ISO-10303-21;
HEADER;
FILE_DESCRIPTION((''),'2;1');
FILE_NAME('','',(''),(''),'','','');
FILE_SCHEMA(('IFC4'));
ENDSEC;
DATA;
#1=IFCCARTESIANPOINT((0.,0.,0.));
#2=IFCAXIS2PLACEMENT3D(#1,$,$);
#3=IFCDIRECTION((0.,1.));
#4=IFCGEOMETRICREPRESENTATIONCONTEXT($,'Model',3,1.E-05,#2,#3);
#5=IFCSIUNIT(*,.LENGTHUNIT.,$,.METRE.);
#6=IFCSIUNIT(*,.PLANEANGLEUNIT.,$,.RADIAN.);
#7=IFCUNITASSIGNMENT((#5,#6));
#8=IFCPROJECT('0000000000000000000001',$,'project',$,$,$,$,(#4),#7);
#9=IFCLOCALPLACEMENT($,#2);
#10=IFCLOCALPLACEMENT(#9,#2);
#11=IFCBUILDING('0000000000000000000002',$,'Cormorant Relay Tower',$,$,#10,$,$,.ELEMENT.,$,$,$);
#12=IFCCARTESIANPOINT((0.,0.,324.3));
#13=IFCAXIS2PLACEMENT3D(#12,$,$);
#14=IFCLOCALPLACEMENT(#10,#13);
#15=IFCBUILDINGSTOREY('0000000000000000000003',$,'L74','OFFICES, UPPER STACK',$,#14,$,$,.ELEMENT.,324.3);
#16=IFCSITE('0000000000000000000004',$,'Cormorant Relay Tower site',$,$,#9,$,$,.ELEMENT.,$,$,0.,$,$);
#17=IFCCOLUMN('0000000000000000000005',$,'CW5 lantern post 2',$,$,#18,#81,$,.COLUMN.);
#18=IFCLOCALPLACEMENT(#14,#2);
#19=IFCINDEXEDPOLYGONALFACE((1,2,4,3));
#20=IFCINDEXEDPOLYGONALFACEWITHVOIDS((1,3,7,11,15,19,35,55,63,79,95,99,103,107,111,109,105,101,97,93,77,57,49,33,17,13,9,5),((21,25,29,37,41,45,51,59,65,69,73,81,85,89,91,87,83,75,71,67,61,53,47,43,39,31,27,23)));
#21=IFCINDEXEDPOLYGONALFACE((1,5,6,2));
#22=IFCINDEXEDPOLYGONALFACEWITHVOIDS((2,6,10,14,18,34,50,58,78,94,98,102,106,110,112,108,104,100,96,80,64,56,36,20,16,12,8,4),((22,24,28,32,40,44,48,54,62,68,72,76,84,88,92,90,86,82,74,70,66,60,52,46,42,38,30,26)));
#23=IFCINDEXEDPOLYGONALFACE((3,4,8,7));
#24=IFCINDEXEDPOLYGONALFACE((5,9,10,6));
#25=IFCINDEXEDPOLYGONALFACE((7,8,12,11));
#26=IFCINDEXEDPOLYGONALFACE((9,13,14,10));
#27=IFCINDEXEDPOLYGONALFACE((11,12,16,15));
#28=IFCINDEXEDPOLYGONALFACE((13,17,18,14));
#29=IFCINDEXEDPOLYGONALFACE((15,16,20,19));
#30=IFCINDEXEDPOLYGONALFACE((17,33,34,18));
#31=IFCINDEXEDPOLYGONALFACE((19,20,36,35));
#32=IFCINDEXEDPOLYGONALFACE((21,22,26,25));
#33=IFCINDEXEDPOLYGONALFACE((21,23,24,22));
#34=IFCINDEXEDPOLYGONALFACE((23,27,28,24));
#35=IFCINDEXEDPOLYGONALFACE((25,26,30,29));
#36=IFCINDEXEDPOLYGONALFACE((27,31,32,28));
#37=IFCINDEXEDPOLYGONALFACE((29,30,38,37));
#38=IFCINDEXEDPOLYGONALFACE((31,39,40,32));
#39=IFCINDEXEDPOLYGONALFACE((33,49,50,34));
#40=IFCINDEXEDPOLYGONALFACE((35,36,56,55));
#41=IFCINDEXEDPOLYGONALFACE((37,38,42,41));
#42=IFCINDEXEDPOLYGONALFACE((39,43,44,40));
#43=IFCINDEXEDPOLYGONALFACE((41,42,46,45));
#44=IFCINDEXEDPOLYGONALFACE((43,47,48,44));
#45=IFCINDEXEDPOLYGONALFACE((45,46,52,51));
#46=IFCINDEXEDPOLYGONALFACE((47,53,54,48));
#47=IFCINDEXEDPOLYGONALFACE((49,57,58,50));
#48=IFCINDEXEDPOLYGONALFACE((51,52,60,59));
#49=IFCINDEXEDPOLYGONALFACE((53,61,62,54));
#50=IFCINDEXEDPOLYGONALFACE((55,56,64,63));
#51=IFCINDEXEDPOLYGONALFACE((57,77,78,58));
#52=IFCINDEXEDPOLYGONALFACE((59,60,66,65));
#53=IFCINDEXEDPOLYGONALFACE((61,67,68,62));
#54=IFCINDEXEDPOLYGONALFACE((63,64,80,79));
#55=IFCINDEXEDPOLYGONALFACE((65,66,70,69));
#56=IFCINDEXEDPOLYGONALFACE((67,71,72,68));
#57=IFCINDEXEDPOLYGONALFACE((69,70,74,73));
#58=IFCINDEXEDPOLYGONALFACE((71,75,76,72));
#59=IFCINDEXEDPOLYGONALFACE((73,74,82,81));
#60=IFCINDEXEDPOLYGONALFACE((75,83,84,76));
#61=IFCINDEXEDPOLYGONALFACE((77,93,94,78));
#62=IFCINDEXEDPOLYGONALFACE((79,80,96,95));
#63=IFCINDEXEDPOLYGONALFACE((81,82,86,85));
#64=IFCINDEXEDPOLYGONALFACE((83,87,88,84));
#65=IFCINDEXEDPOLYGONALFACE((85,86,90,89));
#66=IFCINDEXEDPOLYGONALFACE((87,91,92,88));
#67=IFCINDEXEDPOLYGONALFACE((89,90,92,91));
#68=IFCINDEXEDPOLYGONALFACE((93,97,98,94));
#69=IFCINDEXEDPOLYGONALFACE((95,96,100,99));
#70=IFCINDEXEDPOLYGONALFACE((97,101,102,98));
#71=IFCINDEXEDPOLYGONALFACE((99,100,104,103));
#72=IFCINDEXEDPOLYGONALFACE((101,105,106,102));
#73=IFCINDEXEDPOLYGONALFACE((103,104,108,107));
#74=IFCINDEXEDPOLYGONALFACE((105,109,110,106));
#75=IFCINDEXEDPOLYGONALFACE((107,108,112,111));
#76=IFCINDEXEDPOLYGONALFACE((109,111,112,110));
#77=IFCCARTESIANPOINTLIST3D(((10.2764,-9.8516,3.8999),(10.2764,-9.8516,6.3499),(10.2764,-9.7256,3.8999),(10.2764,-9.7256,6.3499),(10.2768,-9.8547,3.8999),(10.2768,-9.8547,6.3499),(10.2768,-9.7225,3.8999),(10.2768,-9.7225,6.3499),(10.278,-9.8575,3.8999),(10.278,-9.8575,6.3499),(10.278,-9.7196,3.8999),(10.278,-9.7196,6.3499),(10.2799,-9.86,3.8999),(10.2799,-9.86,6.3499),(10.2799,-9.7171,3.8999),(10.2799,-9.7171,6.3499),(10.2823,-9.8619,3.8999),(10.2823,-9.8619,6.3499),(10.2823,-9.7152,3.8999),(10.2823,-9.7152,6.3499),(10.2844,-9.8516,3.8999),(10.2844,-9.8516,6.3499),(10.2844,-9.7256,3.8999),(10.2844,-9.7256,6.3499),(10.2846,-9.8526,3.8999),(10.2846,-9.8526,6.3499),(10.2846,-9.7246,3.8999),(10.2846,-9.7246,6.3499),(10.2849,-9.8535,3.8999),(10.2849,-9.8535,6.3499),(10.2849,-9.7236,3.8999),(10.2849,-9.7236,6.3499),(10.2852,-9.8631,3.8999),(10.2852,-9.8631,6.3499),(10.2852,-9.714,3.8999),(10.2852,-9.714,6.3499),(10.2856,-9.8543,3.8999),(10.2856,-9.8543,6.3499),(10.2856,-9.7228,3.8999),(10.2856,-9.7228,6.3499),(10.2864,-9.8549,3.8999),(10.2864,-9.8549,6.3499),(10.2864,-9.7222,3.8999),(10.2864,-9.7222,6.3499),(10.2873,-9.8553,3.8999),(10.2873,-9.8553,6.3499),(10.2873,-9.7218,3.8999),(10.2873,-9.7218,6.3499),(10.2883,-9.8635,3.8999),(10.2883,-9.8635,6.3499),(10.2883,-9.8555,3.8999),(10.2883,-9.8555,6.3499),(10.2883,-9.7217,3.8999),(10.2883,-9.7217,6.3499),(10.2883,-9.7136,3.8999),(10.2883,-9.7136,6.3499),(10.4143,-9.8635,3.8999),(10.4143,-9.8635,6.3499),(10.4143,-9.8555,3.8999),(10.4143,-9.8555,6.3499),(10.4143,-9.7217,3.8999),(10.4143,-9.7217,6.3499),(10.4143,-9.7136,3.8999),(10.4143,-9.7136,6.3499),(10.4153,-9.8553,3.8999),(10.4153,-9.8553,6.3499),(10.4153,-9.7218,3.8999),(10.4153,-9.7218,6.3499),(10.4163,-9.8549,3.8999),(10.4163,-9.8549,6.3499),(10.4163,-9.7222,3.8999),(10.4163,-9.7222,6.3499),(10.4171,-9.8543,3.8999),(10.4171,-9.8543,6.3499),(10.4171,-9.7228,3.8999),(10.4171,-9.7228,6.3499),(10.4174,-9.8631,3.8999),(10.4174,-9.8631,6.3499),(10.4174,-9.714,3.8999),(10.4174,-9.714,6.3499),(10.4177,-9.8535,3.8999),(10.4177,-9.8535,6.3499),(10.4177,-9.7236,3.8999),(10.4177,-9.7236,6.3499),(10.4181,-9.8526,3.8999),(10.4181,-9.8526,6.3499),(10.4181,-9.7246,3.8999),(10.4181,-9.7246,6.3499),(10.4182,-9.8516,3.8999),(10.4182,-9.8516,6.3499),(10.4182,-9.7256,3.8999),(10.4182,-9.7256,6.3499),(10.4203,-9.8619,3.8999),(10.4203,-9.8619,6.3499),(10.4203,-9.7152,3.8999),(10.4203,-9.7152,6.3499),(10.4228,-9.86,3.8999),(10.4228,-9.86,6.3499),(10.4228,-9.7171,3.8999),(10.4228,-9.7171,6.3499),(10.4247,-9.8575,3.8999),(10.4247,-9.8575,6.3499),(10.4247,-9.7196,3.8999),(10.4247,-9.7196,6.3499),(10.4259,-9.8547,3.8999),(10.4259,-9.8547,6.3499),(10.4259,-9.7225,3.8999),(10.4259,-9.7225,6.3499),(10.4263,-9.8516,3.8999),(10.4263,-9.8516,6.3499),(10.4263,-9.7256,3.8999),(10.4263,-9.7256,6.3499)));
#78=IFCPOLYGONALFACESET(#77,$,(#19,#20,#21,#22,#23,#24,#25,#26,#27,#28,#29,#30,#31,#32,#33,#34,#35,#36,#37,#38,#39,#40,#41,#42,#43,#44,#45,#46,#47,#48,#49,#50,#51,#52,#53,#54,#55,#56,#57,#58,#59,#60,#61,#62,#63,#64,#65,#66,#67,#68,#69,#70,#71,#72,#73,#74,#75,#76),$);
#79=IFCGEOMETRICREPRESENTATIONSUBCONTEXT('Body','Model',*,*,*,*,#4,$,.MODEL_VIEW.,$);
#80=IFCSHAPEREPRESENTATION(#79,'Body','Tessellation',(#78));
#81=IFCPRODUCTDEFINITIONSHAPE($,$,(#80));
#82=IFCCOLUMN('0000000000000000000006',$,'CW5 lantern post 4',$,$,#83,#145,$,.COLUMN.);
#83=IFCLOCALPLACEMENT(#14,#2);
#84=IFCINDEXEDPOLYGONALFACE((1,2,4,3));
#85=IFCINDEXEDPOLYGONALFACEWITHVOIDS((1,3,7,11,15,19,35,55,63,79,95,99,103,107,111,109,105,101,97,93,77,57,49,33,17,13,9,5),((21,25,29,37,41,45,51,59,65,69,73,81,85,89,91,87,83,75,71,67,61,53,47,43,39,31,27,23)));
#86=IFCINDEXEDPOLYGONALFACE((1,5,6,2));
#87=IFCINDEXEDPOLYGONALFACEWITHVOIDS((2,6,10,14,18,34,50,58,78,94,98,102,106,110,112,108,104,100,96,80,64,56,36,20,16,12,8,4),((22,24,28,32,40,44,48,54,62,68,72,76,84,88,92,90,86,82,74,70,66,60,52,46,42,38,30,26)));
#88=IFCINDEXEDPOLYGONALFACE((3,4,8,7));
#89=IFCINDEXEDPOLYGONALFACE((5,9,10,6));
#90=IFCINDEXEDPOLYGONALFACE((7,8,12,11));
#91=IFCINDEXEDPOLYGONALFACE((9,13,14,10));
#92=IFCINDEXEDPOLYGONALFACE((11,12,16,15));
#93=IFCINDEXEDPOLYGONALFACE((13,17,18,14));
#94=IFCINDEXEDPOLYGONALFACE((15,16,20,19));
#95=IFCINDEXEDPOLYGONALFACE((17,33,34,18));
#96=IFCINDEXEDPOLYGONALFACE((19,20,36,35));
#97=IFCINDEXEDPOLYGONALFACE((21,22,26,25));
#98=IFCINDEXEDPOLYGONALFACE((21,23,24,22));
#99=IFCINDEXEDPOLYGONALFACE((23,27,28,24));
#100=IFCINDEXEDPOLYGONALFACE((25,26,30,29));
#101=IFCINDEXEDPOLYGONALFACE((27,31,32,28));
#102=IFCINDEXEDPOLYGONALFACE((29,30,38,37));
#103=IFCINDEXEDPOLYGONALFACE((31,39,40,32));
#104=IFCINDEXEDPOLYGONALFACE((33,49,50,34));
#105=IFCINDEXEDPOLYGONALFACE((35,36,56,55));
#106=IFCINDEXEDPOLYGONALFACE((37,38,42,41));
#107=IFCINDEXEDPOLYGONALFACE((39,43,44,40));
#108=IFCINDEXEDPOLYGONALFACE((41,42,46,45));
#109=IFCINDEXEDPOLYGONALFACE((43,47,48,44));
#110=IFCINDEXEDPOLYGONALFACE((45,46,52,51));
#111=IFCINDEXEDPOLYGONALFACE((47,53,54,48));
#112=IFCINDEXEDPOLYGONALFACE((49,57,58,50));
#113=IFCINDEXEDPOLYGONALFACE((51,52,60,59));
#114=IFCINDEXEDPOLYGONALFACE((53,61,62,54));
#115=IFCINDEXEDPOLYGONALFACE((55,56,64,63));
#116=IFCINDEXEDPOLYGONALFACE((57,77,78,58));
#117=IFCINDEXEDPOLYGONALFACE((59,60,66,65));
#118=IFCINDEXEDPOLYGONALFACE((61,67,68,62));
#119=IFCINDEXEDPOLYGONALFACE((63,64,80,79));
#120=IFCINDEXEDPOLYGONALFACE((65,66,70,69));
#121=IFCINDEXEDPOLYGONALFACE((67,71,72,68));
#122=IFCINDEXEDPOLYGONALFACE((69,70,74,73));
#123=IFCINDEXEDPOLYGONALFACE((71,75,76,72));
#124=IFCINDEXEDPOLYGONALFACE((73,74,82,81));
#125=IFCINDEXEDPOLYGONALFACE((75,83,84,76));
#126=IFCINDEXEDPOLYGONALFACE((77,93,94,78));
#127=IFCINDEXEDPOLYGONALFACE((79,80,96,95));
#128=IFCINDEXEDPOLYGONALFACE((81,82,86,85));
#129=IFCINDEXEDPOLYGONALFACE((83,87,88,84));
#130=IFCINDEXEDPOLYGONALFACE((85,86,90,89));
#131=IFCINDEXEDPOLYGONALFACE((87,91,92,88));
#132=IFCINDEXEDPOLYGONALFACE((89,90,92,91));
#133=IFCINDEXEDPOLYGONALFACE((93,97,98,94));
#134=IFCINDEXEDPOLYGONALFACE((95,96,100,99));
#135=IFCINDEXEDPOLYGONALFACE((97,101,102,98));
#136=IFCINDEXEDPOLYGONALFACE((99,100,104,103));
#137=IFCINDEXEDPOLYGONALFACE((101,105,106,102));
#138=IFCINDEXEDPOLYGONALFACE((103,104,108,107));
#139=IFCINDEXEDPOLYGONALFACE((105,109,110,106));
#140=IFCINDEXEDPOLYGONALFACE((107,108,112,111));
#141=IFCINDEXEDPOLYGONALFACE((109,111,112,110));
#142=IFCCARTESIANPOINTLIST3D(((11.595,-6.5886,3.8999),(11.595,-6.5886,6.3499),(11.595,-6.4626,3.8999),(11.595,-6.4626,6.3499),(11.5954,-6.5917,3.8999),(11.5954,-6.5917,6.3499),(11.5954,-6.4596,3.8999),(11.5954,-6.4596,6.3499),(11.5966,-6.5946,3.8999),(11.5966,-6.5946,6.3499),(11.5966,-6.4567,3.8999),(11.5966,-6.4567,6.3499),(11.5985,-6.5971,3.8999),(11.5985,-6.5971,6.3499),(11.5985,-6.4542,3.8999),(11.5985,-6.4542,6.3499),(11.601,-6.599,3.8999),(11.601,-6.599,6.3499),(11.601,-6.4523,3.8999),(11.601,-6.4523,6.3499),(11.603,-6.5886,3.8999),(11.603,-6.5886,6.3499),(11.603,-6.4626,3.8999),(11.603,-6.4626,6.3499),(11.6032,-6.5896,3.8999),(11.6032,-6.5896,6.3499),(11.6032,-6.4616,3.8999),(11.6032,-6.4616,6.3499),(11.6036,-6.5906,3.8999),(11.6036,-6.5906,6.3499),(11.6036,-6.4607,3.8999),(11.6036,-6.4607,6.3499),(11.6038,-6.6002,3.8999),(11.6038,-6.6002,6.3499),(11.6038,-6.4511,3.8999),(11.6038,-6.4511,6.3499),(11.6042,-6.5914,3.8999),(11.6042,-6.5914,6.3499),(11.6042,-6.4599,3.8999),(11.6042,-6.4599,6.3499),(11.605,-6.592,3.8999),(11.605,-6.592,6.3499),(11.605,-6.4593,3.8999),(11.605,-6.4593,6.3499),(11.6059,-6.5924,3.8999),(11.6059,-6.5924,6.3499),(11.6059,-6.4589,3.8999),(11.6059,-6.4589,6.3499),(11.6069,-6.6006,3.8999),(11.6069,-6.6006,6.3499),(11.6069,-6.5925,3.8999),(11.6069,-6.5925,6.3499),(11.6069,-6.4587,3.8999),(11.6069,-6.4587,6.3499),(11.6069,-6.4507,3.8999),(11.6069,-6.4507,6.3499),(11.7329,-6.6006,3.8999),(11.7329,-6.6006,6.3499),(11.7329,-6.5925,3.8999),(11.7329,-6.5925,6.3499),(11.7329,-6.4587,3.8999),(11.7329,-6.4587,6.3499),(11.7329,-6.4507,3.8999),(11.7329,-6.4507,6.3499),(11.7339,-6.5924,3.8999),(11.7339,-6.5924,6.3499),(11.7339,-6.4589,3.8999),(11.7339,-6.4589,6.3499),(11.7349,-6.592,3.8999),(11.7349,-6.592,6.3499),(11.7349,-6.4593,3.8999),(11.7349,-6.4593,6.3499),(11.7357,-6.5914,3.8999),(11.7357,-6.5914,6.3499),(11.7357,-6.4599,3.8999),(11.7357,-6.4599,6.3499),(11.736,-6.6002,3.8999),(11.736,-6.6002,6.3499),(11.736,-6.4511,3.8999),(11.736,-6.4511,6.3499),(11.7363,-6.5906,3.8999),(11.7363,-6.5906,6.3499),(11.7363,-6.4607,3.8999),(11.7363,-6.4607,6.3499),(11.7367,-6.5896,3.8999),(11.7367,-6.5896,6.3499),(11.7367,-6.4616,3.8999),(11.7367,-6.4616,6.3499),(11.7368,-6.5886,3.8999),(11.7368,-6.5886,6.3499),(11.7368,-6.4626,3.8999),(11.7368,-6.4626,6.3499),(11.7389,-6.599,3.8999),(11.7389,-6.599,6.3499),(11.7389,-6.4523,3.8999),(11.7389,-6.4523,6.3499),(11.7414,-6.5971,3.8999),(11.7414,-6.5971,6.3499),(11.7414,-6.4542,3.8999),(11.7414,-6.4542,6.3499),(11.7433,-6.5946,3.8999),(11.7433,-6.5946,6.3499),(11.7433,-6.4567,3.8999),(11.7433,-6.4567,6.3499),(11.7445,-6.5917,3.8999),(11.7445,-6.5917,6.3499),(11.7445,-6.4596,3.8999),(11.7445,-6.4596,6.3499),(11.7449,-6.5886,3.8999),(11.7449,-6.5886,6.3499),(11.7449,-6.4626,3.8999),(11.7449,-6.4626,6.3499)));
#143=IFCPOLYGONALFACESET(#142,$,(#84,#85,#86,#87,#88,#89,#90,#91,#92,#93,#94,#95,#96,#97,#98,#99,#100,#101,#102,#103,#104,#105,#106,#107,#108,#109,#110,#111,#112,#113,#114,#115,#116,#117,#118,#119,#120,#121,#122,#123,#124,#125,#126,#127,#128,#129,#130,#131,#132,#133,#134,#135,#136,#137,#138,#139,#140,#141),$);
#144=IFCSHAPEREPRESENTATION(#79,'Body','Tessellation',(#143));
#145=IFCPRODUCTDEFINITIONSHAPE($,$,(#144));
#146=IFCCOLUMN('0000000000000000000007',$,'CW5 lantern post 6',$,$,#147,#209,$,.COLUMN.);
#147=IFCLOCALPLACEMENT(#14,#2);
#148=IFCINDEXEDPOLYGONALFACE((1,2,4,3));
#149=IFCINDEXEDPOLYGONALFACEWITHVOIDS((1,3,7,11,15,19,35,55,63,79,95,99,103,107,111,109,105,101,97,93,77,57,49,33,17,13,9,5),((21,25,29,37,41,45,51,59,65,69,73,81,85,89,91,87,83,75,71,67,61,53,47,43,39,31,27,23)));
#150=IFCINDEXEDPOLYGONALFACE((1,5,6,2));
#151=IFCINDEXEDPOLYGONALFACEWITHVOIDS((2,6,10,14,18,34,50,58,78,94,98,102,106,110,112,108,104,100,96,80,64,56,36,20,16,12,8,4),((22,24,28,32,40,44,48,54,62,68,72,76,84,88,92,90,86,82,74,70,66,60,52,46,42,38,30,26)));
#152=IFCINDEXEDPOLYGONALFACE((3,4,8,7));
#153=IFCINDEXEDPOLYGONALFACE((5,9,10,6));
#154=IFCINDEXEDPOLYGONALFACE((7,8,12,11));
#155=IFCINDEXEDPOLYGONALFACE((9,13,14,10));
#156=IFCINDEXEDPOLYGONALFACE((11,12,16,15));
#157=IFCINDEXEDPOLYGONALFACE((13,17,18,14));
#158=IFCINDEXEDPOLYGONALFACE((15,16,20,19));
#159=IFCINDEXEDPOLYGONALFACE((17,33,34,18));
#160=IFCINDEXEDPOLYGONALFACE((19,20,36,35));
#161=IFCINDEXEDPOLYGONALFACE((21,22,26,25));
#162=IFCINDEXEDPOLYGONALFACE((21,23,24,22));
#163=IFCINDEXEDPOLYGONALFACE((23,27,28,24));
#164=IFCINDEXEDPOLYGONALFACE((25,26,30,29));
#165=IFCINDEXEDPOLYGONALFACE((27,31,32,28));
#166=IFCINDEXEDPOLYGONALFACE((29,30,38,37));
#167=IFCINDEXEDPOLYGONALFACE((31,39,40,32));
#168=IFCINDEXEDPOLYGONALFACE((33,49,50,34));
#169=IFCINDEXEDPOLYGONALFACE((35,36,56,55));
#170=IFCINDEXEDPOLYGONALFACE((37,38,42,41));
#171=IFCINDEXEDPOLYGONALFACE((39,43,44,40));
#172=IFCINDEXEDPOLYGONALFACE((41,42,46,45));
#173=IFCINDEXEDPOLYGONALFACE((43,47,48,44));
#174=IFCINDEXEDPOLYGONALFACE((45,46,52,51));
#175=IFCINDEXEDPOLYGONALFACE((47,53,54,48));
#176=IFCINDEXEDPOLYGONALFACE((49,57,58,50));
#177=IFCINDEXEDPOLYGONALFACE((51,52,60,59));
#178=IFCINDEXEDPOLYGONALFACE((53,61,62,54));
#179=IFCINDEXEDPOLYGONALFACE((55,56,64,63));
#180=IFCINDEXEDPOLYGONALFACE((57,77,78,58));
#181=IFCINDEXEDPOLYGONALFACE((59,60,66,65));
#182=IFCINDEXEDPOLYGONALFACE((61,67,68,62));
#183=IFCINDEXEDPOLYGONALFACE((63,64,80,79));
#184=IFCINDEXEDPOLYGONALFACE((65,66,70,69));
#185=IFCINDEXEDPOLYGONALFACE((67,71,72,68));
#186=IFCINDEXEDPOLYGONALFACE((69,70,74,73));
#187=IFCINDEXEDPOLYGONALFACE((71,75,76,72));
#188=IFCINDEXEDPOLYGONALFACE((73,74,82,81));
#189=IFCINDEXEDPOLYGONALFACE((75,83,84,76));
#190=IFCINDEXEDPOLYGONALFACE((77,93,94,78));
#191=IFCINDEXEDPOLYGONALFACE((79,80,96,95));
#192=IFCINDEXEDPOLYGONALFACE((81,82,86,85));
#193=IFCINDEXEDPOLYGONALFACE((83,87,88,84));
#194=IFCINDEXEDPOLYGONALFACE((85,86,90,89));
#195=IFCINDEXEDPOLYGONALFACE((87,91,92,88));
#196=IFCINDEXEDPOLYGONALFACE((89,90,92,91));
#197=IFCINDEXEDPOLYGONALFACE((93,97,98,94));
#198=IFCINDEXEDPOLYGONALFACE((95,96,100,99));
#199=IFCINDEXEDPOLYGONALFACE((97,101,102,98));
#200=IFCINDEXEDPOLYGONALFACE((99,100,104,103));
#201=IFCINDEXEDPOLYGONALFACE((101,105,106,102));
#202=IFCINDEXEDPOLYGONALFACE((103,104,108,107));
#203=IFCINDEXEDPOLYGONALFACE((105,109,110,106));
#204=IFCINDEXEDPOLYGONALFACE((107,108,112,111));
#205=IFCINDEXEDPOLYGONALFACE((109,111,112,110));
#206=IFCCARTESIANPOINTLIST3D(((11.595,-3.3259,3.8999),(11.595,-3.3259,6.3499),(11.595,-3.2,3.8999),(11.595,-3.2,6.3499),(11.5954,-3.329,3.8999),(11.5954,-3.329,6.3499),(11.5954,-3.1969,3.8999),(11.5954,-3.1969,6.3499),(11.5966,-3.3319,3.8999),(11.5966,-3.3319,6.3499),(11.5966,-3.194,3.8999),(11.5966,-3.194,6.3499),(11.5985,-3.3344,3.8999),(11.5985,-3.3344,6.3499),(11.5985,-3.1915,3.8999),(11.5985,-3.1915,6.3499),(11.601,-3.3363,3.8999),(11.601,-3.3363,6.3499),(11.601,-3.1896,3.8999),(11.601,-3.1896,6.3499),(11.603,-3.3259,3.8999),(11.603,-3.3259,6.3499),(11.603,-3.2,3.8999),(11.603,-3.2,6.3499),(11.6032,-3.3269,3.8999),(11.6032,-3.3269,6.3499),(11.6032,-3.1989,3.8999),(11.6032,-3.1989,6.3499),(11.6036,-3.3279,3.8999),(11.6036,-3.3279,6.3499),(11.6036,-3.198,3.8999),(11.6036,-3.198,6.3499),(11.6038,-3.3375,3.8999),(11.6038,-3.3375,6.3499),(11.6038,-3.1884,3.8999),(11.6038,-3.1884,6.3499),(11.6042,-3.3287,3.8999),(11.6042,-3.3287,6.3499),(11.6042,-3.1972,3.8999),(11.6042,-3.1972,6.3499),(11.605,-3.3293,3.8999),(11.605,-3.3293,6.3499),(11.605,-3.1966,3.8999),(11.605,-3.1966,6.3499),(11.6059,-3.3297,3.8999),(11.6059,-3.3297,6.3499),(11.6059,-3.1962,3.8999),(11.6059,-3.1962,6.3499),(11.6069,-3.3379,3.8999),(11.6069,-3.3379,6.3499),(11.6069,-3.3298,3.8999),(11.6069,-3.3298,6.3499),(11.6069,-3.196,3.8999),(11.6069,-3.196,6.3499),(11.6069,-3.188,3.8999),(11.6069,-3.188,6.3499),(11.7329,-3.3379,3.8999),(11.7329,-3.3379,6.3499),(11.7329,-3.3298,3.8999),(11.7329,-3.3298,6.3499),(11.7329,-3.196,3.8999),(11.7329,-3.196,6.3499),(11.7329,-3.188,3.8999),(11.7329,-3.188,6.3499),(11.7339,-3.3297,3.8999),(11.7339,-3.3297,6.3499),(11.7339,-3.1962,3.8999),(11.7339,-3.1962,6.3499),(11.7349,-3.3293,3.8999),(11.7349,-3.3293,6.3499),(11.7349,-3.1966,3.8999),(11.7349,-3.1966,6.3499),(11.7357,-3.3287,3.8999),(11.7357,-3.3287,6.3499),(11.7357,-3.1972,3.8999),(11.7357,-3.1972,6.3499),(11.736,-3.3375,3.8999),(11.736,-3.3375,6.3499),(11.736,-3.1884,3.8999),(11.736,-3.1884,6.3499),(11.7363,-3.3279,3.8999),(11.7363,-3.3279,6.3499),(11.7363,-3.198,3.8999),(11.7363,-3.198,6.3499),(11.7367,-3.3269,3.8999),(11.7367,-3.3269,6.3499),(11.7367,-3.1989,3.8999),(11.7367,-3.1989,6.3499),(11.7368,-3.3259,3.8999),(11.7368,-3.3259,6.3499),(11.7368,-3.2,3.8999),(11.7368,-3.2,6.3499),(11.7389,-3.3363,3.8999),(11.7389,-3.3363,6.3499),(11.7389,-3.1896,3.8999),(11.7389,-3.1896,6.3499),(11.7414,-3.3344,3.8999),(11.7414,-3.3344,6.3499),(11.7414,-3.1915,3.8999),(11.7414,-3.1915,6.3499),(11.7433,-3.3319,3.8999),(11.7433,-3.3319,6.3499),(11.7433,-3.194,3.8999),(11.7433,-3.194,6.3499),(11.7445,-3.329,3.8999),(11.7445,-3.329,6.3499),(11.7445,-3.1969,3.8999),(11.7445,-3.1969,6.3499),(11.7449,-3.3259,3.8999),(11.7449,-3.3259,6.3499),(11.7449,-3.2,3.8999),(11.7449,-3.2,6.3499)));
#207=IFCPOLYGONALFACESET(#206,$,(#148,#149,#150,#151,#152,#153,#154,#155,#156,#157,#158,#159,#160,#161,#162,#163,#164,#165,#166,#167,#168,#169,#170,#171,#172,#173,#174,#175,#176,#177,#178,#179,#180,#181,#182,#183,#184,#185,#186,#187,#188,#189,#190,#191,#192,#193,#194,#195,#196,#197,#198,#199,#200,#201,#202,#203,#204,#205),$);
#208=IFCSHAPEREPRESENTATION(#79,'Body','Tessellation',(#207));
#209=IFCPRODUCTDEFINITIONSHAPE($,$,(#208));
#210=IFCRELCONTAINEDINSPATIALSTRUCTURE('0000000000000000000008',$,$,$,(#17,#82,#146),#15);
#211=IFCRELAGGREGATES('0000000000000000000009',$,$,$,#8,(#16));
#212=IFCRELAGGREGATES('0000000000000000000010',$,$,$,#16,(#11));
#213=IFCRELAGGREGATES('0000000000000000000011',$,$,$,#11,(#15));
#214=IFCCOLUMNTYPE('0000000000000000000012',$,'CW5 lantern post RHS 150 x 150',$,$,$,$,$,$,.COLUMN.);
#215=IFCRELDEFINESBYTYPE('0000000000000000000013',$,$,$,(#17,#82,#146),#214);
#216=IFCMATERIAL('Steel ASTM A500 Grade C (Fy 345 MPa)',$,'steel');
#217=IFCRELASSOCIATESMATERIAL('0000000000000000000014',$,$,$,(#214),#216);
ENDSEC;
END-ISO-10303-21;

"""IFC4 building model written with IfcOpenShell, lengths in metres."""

from ifc_helpers import new_model, si_unit, direction, frame, origin, origin_2d, place, context, subcontext, project, spatial, hollow_rectangle, extrude, material, material_profile, profile_set, type_object, element, save


model = new_model("IFC4")

# Units and contexts
model_context = context("Model", 3, precision=1e-05, world=origin(), true_north=direction((0.0, 1.0)))
body_context = subcontext(model_context, "Body", "Model", "MODEL_VIEW")
ifc_project = project(units=[si_unit("LENGTHUNIT", "METRE"), si_unit("PLANEANGLEUNIT", "RADIAN")], contexts=[model_context])

# Site, building, storey
site_placement = place(None, origin())
site = spatial("IfcSite", under=ifc_project, at=site_placement, Name="Cormorant Relay Tower site", CompositionType="ELEMENT", RefElevation=0.0)
building_placement = place(site_placement, origin())
building = spatial("IfcBuilding", under=site, at=building_placement, Name="Cormorant Relay Tower", CompositionType="ELEMENT")
storey_placement = place(building_placement, frame((0.0, 0.0, 324.3)))
storey = spatial("IfcBuildingStorey", under=building, at=storey_placement, Name="L74", Description="OFFICES, UPPER STACK", CompositionType="ELEMENT", Elevation=324.3)

# Columns
ifc_material_1 = material(Name="Steel ASTM A500 Grade C (Fy 345 MPa)", Category="steel")
ifc_material_profile_1 = material_profile(ifc_material_1, hollow_rectangle(XDim=0.1499, YDim=0.1499, WallThickness=0.0081, InnerFilletRadius=0.0039, OuterFilletRadius=0.012, at=origin_2d()), Name="RHS150x150x8")
ifc_profile_set_1 = profile_set([ifc_material_profile_1], Name="Steel ASTM A500 Grade C (Fy 345 MPa)")
column_type_1 = type_object("IfcColumnType", Name="CW5 lantern post RHS 150 x 150", PredefinedType="COLUMN", material=ifc_profile_set_1)
for number, where, z_axis, x_axis, name in (
    (1, (10.3513, -9.7886, 3.8999), (0.0, 0.0, 1.0), (1.0, 0.0, 0.0), "CW5 lantern post 2"),
    (2, (11.6699, -6.5256, 3.8999), (0.0, 0.0, 1.0), (1.0, 0.0, 0.0), "CW5 lantern post 4"),
    (3, (11.6699, -3.2629, 3.8999), (0.0, 0.0, 1.0), (1.0, 0.0, 0.0), "CW5 lantern post 6"),
):
    element("IfcColumn", number, at=place(storey_placement, frame(where, z_axis=z_axis, x_axis=x_axis)), inside=storey, type_object=column_type_1, Name=name, PredefinedType="COLUMN", context=body_context, shape_type="SweptSolid", body=[
        extrude(hollow_rectangle(XDim=0.1499, YDim=0.1499, WallThickness=0.0081, InnerFilletRadius=0.0039, OuterFilletRadius=0.012, at=origin_2d()), origin(), (0.0, 0.0, 1.0), 2.45),
    ])

save(model, "model.ifc")
